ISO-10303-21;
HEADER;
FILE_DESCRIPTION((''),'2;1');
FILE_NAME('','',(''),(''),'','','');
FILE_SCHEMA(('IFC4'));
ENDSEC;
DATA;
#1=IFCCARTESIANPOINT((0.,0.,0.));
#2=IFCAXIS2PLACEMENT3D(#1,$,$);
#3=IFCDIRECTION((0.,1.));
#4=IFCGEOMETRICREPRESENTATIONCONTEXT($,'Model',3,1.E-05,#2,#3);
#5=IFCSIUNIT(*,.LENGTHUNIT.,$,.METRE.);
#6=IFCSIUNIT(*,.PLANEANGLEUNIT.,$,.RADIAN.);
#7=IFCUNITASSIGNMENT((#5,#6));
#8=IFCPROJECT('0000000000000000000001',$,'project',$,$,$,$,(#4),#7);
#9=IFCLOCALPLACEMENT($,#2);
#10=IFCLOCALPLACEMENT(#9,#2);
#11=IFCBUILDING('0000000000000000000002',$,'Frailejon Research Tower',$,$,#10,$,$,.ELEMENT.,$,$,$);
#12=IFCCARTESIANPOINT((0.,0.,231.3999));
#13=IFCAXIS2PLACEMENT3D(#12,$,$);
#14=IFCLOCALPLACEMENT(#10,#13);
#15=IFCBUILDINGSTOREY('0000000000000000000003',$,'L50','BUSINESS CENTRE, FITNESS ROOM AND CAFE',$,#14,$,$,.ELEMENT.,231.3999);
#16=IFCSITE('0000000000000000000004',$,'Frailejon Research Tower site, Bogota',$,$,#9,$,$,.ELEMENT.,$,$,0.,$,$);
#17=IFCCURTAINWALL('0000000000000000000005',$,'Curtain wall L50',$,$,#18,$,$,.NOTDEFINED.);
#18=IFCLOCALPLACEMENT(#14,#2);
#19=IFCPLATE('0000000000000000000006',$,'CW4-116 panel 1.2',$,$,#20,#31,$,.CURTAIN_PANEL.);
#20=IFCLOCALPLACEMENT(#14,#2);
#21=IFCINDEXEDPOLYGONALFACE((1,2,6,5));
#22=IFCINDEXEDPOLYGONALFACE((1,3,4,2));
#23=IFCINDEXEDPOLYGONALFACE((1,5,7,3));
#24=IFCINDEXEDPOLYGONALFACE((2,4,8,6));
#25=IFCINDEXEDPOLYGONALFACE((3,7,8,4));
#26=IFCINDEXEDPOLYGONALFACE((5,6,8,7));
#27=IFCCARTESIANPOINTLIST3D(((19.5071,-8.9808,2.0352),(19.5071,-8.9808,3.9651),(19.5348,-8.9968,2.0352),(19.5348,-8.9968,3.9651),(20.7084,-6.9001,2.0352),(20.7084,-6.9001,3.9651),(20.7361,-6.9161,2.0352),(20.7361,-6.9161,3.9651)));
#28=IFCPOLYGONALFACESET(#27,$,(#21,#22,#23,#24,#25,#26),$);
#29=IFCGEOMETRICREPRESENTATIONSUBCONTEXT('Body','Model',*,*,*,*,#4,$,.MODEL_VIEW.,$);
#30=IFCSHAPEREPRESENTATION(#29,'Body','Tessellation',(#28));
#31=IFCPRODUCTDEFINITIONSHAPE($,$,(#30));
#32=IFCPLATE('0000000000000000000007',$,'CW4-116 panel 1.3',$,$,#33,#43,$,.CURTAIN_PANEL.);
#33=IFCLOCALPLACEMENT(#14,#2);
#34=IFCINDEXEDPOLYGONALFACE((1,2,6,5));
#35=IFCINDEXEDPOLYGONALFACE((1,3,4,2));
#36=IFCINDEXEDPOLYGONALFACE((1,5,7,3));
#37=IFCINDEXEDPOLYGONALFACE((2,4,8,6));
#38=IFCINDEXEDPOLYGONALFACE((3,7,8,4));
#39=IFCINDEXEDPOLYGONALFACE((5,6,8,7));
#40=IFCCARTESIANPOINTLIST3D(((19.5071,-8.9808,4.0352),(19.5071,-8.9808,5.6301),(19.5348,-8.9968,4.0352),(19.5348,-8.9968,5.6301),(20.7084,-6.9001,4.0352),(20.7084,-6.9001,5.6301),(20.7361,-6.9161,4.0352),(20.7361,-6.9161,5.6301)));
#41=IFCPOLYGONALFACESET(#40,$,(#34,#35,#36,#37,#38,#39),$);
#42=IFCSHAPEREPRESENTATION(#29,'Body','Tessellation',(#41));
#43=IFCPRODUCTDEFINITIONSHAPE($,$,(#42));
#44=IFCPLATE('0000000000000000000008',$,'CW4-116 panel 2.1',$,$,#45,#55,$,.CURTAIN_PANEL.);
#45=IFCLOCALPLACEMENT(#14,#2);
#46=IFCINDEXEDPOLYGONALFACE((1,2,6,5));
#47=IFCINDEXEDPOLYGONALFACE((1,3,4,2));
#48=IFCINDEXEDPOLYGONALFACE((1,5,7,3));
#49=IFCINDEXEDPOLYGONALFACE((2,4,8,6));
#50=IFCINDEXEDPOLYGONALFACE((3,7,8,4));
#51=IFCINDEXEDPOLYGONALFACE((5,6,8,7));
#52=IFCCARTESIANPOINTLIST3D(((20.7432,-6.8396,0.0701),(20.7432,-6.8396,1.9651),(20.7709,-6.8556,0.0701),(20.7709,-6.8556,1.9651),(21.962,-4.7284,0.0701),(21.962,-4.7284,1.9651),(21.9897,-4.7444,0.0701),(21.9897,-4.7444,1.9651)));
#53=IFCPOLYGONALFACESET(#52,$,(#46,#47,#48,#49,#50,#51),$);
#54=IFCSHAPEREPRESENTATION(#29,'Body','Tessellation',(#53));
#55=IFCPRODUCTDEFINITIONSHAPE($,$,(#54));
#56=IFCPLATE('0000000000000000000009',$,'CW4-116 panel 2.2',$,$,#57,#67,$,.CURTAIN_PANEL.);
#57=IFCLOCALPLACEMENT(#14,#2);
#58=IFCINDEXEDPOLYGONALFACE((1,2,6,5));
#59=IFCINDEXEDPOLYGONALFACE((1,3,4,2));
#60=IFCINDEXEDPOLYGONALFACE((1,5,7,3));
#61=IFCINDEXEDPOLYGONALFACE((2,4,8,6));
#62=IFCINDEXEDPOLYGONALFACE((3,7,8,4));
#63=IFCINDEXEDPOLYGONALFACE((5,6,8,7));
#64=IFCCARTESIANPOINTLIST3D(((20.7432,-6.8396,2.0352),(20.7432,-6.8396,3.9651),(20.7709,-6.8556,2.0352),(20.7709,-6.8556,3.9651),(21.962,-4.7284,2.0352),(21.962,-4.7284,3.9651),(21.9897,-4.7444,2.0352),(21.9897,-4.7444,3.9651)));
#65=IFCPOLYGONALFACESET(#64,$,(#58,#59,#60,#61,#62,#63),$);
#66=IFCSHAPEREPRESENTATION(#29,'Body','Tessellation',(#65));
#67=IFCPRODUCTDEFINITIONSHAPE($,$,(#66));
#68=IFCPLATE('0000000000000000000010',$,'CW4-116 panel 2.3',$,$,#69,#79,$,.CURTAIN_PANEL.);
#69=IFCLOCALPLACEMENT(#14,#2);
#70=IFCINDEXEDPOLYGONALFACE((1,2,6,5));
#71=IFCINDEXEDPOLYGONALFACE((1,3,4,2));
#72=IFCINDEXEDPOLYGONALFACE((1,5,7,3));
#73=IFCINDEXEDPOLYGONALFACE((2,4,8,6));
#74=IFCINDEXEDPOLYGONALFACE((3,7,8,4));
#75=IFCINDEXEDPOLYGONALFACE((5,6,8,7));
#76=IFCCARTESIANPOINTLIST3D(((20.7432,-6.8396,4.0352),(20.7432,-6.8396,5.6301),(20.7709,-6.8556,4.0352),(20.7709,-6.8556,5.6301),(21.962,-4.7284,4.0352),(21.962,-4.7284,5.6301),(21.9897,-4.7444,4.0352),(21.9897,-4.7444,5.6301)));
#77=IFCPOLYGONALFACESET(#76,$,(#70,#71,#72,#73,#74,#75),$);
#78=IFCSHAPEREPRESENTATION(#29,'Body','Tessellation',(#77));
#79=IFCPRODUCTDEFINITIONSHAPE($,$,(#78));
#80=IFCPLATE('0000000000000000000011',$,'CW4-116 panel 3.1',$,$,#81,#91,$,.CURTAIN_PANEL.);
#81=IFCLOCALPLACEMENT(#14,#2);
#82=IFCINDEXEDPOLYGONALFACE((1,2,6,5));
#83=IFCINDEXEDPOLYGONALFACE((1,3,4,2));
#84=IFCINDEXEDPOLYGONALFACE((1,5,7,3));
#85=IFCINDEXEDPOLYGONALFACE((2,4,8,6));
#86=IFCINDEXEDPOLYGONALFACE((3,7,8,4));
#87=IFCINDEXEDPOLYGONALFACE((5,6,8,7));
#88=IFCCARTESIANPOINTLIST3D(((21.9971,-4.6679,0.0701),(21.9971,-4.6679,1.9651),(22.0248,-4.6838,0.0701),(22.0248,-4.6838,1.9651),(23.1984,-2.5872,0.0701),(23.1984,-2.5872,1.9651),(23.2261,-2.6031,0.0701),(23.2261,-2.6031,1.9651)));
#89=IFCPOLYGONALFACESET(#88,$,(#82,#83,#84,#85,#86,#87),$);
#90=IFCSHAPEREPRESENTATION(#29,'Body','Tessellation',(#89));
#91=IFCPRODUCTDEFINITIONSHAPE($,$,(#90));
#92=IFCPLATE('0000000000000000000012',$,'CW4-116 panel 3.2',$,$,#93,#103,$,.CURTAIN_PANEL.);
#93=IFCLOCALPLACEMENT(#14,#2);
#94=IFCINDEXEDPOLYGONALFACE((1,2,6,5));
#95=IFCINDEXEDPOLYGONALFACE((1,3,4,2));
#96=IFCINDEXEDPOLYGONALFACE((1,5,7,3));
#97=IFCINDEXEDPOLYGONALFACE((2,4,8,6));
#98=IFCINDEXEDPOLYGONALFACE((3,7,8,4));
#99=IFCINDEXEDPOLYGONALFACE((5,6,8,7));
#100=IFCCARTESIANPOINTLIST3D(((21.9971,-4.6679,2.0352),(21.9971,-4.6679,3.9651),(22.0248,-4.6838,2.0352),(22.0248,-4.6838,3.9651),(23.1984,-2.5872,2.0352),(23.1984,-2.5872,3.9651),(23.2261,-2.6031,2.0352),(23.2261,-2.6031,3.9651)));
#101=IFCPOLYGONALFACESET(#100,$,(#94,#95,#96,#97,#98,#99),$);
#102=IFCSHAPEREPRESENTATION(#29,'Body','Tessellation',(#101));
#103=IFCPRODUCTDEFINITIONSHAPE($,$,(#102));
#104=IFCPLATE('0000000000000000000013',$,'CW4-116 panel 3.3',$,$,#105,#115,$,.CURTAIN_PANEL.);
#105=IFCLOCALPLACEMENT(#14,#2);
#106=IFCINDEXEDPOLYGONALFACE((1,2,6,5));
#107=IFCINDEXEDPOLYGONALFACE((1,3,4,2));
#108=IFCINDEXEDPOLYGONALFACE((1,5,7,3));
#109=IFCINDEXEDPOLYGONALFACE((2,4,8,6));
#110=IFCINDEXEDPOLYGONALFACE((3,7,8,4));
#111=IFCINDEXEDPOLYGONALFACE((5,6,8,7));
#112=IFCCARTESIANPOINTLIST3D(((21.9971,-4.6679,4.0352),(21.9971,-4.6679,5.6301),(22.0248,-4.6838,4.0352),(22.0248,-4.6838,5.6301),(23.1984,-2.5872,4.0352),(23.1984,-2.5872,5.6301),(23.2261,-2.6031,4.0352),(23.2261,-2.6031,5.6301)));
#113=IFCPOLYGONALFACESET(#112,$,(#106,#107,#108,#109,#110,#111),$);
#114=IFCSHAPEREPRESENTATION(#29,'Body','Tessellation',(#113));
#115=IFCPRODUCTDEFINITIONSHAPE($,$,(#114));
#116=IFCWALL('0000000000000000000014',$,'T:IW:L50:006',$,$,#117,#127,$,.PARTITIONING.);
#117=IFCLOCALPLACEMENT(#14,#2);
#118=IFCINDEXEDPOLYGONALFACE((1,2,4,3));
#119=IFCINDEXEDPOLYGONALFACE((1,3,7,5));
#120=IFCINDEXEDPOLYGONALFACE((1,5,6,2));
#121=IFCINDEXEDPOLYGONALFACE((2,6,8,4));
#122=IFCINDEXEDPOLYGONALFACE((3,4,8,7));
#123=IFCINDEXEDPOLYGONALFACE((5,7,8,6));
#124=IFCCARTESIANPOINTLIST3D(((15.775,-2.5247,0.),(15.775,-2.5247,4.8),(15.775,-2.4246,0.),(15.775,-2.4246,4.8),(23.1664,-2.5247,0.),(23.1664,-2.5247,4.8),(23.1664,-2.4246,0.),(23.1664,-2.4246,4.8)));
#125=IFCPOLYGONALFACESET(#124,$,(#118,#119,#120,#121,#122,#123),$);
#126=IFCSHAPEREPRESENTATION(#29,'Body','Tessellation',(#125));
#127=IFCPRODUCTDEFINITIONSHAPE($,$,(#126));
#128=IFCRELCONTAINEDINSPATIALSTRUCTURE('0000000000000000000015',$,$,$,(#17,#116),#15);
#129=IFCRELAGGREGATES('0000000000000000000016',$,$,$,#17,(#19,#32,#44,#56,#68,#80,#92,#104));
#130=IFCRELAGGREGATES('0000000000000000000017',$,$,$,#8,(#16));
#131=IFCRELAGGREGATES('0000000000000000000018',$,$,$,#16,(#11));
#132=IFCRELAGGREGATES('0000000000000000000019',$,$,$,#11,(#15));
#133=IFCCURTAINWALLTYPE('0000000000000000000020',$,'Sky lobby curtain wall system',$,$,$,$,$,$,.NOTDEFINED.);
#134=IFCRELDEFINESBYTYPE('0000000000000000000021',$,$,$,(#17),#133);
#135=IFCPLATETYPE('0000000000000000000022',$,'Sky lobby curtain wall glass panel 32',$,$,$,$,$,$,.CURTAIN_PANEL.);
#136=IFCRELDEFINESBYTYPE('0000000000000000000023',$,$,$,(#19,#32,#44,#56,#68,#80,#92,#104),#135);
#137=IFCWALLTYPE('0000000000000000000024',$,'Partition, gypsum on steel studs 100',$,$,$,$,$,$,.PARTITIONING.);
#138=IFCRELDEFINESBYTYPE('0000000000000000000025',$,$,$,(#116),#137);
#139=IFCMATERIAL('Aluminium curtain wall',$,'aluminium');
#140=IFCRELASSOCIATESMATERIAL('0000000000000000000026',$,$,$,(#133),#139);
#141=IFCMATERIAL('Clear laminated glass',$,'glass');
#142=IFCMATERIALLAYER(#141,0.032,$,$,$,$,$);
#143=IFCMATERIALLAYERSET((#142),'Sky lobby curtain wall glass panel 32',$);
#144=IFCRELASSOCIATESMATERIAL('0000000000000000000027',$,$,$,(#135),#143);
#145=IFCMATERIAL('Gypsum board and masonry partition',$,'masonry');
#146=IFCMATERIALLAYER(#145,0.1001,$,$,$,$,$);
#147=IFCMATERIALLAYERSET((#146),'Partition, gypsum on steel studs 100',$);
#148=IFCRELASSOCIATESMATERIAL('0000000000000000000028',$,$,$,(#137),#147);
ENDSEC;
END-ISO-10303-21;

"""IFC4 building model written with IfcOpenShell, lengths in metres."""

from ifc_helpers import new_model, si_unit, direction, frame, frame_2d, origin, origin_2d, place, context, subcontext, project, spatial, rectangle, extrude, material, layer, layer_set, type_object, element, aggregate, save


model = new_model("IFC4")

# Units and contexts
model_context = context("Model", 3, precision=1e-05, world=origin(), true_north=direction((0.0, 1.0)))
body_context = subcontext(model_context, "Body", "Model", "MODEL_VIEW")
ifc_project = project(units=[si_unit("LENGTHUNIT", "METRE"), si_unit("PLANEANGLEUNIT", "RADIAN")], contexts=[model_context])

# Site, building, storey
site_placement = place(None, origin())
site = spatial("IfcSite", under=ifc_project, at=site_placement, Name="Frailejon Research Tower site, Bogota", CompositionType="ELEMENT", RefElevation=0.0)
building_placement = place(site_placement, origin())
building = spatial("IfcBuilding", under=site, at=building_placement, Name="Frailejon Research Tower", CompositionType="ELEMENT")
storey_placement = place(building_placement, frame((0.0, 0.0, 231.3999)))
storey = spatial("IfcBuildingStorey", under=building, at=storey_placement, Name="L50", Description="BUSINESS CENTRE, FITNESS ROOM AND CAFE", CompositionType="ELEMENT", Elevation=231.3999)

# Curtain wall, plates
ifc_material_1 = material(Name="Aluminium curtain wall", Category="aluminium")
curtain_wall_type = type_object("IfcCurtainWallType", Name="Sky lobby curtain wall system", PredefinedType="NOTDEFINED", material=ifc_material_1)
curtain_wall_placement = place(storey_placement, origin())
curtain_wall = element("IfcCurtainWall", 1, at=curtain_wall_placement, inside=storey, type_object=curtain_wall_type, Name="Curtain wall L50", PredefinedType="NOTDEFINED")
ifc_material_2 = material(Name="Clear laminated glass", Category="glass")
ifc_layer_1 = layer(ifc_material_2, 0.032)
ifc_layer_set_1 = layer_set([ifc_layer_1], Name="Sky lobby curtain wall glass panel 32")
plate_type = type_object("IfcPlateType", Name="Sky lobby curtain wall glass panel 32", PredefinedType="CURTAIN_PANEL", material=ifc_layer_set_1)
plate_1_placement = place(storey_placement, frame((20.1216, -7.9485, 2.0352), z_axis=(0.0, 0.0, 1.0), x_axis=(0.500001, 0.866025, 0.0)))
plate_1 = element("IfcPlate", 2, at=plate_1_placement, type_object=plate_type, Name="CW4-116 panel 1.2", PredefinedType="CURTAIN_PANEL", context=body_context, shape_type="SweptSolid", body=[
    extrude(rectangle(XDim=2.4026, YDim=0.032, at=origin_2d()), origin(), (0.0, 0.0, 1.0), 1.9299),
])
plate_2_placement = place(storey_placement, frame((20.1216, -7.9485, 4.0352), z_axis=(0.0, 0.0, 1.0), x_axis=(0.500001, 0.866025, 0.0)))
plate_2 = element("IfcPlate", 3, at=plate_2_placement, type_object=plate_type, Name="CW4-116 panel 1.3", PredefinedType="CURTAIN_PANEL", context=body_context, shape_type="SweptSolid", body=[
    extrude(rectangle(XDim=2.4026, YDim=0.032, at=origin_2d()), origin(), (0.0, 0.0, 1.0), 1.595),
])
plate_3_placement = place(storey_placement, frame((21.3665, -5.792, 0.0701), z_axis=(0.0, 0.0, 1.0), x_axis=(0.500001, 0.866025, 0.0)))
plate_3 = element("IfcPlate", 4, at=plate_3_placement, type_object=plate_type, Name="CW4-116 panel 2.1", PredefinedType="CURTAIN_PANEL", context=body_context, shape_type="SweptSolid", body=[
    extrude(rectangle(XDim=2.4377, YDim=0.032, at=origin_2d()), origin(), (0.0, 0.0, 1.0), 1.895),
])
plate_4_placement = place(storey_placement, frame((21.3665, -5.792, 2.0352), z_axis=(0.0, 0.0, 1.0), x_axis=(0.500001, 0.866025, 0.0)))
plate_4 = element("IfcPlate", 5, at=plate_4_placement, type_object=plate_type, Name="CW4-116 panel 2.2", PredefinedType="CURTAIN_PANEL", context=body_context, shape_type="SweptSolid", body=[
    extrude(rectangle(XDim=2.4377, YDim=0.032, at=origin_2d()), origin(), (0.0, 0.0, 1.0), 1.9299),
])
plate_5_placement = place(storey_placement, frame((21.3665, -5.792, 4.0352), z_axis=(0.0, 0.0, 1.0), x_axis=(0.500001, 0.866025, 0.0)))
plate_5 = element("IfcPlate", 6, at=plate_5_placement, type_object=plate_type, Name="CW4-116 panel 2.3", PredefinedType="CURTAIN_PANEL", context=body_context, shape_type="SweptSolid", body=[
    extrude(rectangle(XDim=2.4377, YDim=0.032, at=origin_2d()), origin(), (0.0, 0.0, 1.0), 1.595),
])
plate_6_placement = place(storey_placement, frame((22.6116, -3.6355, 0.0701), z_axis=(0.0, 0.0, 1.0), x_axis=(0.500001, 0.866025, 0.0)))
plate_6 = element("IfcPlate", 7, at=plate_6_placement, type_object=plate_type, Name="CW4-116 panel 3.1", PredefinedType="CURTAIN_PANEL", context=body_context, shape_type="SweptSolid", body=[
    extrude(rectangle(XDim=2.4026, YDim=0.032, at=origin_2d()), origin(), (0.0, 0.0, 1.0), 1.895),
])
plate_7_placement = place(storey_placement, frame((22.6116, -3.6355, 2.0352), z_axis=(0.0, 0.0, 1.0), x_axis=(0.500001, 0.866025, 0.0)))
plate_7 = element("IfcPlate", 8, at=plate_7_placement, type_object=plate_type, Name="CW4-116 panel 3.2", PredefinedType="CURTAIN_PANEL", context=body_context, shape_type="SweptSolid", body=[
    extrude(rectangle(XDim=2.4026, YDim=0.032, at=origin_2d()), origin(), (0.0, 0.0, 1.0), 1.9299),
])
plate_8_placement = place(storey_placement, frame((22.6116, -3.6355, 4.0352), z_axis=(0.0, 0.0, 1.0), x_axis=(0.500001, 0.866025, 0.0)))
plate_8 = element("IfcPlate", 9, at=plate_8_placement, type_object=plate_type, Name="CW4-116 panel 3.3", PredefinedType="CURTAIN_PANEL", context=body_context, shape_type="SweptSolid", body=[
    extrude(rectangle(XDim=2.4026, YDim=0.032, at=origin_2d()), origin(), (0.0, 0.0, 1.0), 1.595),
])
aggregate(curtain_wall, [plate_1, plate_2, plate_3, plate_4, plate_5, plate_6, plate_7, plate_8])

# Wall
ifc_material_3 = material(Name="Gypsum board and masonry partition", Category="masonry")
ifc_layer_2 = layer(ifc_material_3, 0.1001)
ifc_layer_set_2 = layer_set([ifc_layer_2], Name="Partition, gypsum on steel studs 100")
wall_type = type_object("IfcWallType", Name="Partition, gypsum on steel studs 100", PredefinedType="PARTITIONING", material=ifc_layer_set_2)
wall_placement = place(storey_placement, frame((15.7749, -2.4746, 0.0), z_axis=(0.0, 0.0, 1.0), x_axis=(1.0, 0.0, 0.0)))
element("IfcWall", 10, at=wall_placement, inside=storey, type_object=wall_type, Name="T:IW:L50:006", PredefinedType="PARTITIONING", context=body_context, shape_type="SweptSolid", body=[
    extrude(rectangle(XDim=7.3914, YDim=0.1001, at=frame_2d((3.6958, 0.0))), origin(), (0.0, 0.0, 1.0), 4.8),
])

save(model, "model.ifc")
